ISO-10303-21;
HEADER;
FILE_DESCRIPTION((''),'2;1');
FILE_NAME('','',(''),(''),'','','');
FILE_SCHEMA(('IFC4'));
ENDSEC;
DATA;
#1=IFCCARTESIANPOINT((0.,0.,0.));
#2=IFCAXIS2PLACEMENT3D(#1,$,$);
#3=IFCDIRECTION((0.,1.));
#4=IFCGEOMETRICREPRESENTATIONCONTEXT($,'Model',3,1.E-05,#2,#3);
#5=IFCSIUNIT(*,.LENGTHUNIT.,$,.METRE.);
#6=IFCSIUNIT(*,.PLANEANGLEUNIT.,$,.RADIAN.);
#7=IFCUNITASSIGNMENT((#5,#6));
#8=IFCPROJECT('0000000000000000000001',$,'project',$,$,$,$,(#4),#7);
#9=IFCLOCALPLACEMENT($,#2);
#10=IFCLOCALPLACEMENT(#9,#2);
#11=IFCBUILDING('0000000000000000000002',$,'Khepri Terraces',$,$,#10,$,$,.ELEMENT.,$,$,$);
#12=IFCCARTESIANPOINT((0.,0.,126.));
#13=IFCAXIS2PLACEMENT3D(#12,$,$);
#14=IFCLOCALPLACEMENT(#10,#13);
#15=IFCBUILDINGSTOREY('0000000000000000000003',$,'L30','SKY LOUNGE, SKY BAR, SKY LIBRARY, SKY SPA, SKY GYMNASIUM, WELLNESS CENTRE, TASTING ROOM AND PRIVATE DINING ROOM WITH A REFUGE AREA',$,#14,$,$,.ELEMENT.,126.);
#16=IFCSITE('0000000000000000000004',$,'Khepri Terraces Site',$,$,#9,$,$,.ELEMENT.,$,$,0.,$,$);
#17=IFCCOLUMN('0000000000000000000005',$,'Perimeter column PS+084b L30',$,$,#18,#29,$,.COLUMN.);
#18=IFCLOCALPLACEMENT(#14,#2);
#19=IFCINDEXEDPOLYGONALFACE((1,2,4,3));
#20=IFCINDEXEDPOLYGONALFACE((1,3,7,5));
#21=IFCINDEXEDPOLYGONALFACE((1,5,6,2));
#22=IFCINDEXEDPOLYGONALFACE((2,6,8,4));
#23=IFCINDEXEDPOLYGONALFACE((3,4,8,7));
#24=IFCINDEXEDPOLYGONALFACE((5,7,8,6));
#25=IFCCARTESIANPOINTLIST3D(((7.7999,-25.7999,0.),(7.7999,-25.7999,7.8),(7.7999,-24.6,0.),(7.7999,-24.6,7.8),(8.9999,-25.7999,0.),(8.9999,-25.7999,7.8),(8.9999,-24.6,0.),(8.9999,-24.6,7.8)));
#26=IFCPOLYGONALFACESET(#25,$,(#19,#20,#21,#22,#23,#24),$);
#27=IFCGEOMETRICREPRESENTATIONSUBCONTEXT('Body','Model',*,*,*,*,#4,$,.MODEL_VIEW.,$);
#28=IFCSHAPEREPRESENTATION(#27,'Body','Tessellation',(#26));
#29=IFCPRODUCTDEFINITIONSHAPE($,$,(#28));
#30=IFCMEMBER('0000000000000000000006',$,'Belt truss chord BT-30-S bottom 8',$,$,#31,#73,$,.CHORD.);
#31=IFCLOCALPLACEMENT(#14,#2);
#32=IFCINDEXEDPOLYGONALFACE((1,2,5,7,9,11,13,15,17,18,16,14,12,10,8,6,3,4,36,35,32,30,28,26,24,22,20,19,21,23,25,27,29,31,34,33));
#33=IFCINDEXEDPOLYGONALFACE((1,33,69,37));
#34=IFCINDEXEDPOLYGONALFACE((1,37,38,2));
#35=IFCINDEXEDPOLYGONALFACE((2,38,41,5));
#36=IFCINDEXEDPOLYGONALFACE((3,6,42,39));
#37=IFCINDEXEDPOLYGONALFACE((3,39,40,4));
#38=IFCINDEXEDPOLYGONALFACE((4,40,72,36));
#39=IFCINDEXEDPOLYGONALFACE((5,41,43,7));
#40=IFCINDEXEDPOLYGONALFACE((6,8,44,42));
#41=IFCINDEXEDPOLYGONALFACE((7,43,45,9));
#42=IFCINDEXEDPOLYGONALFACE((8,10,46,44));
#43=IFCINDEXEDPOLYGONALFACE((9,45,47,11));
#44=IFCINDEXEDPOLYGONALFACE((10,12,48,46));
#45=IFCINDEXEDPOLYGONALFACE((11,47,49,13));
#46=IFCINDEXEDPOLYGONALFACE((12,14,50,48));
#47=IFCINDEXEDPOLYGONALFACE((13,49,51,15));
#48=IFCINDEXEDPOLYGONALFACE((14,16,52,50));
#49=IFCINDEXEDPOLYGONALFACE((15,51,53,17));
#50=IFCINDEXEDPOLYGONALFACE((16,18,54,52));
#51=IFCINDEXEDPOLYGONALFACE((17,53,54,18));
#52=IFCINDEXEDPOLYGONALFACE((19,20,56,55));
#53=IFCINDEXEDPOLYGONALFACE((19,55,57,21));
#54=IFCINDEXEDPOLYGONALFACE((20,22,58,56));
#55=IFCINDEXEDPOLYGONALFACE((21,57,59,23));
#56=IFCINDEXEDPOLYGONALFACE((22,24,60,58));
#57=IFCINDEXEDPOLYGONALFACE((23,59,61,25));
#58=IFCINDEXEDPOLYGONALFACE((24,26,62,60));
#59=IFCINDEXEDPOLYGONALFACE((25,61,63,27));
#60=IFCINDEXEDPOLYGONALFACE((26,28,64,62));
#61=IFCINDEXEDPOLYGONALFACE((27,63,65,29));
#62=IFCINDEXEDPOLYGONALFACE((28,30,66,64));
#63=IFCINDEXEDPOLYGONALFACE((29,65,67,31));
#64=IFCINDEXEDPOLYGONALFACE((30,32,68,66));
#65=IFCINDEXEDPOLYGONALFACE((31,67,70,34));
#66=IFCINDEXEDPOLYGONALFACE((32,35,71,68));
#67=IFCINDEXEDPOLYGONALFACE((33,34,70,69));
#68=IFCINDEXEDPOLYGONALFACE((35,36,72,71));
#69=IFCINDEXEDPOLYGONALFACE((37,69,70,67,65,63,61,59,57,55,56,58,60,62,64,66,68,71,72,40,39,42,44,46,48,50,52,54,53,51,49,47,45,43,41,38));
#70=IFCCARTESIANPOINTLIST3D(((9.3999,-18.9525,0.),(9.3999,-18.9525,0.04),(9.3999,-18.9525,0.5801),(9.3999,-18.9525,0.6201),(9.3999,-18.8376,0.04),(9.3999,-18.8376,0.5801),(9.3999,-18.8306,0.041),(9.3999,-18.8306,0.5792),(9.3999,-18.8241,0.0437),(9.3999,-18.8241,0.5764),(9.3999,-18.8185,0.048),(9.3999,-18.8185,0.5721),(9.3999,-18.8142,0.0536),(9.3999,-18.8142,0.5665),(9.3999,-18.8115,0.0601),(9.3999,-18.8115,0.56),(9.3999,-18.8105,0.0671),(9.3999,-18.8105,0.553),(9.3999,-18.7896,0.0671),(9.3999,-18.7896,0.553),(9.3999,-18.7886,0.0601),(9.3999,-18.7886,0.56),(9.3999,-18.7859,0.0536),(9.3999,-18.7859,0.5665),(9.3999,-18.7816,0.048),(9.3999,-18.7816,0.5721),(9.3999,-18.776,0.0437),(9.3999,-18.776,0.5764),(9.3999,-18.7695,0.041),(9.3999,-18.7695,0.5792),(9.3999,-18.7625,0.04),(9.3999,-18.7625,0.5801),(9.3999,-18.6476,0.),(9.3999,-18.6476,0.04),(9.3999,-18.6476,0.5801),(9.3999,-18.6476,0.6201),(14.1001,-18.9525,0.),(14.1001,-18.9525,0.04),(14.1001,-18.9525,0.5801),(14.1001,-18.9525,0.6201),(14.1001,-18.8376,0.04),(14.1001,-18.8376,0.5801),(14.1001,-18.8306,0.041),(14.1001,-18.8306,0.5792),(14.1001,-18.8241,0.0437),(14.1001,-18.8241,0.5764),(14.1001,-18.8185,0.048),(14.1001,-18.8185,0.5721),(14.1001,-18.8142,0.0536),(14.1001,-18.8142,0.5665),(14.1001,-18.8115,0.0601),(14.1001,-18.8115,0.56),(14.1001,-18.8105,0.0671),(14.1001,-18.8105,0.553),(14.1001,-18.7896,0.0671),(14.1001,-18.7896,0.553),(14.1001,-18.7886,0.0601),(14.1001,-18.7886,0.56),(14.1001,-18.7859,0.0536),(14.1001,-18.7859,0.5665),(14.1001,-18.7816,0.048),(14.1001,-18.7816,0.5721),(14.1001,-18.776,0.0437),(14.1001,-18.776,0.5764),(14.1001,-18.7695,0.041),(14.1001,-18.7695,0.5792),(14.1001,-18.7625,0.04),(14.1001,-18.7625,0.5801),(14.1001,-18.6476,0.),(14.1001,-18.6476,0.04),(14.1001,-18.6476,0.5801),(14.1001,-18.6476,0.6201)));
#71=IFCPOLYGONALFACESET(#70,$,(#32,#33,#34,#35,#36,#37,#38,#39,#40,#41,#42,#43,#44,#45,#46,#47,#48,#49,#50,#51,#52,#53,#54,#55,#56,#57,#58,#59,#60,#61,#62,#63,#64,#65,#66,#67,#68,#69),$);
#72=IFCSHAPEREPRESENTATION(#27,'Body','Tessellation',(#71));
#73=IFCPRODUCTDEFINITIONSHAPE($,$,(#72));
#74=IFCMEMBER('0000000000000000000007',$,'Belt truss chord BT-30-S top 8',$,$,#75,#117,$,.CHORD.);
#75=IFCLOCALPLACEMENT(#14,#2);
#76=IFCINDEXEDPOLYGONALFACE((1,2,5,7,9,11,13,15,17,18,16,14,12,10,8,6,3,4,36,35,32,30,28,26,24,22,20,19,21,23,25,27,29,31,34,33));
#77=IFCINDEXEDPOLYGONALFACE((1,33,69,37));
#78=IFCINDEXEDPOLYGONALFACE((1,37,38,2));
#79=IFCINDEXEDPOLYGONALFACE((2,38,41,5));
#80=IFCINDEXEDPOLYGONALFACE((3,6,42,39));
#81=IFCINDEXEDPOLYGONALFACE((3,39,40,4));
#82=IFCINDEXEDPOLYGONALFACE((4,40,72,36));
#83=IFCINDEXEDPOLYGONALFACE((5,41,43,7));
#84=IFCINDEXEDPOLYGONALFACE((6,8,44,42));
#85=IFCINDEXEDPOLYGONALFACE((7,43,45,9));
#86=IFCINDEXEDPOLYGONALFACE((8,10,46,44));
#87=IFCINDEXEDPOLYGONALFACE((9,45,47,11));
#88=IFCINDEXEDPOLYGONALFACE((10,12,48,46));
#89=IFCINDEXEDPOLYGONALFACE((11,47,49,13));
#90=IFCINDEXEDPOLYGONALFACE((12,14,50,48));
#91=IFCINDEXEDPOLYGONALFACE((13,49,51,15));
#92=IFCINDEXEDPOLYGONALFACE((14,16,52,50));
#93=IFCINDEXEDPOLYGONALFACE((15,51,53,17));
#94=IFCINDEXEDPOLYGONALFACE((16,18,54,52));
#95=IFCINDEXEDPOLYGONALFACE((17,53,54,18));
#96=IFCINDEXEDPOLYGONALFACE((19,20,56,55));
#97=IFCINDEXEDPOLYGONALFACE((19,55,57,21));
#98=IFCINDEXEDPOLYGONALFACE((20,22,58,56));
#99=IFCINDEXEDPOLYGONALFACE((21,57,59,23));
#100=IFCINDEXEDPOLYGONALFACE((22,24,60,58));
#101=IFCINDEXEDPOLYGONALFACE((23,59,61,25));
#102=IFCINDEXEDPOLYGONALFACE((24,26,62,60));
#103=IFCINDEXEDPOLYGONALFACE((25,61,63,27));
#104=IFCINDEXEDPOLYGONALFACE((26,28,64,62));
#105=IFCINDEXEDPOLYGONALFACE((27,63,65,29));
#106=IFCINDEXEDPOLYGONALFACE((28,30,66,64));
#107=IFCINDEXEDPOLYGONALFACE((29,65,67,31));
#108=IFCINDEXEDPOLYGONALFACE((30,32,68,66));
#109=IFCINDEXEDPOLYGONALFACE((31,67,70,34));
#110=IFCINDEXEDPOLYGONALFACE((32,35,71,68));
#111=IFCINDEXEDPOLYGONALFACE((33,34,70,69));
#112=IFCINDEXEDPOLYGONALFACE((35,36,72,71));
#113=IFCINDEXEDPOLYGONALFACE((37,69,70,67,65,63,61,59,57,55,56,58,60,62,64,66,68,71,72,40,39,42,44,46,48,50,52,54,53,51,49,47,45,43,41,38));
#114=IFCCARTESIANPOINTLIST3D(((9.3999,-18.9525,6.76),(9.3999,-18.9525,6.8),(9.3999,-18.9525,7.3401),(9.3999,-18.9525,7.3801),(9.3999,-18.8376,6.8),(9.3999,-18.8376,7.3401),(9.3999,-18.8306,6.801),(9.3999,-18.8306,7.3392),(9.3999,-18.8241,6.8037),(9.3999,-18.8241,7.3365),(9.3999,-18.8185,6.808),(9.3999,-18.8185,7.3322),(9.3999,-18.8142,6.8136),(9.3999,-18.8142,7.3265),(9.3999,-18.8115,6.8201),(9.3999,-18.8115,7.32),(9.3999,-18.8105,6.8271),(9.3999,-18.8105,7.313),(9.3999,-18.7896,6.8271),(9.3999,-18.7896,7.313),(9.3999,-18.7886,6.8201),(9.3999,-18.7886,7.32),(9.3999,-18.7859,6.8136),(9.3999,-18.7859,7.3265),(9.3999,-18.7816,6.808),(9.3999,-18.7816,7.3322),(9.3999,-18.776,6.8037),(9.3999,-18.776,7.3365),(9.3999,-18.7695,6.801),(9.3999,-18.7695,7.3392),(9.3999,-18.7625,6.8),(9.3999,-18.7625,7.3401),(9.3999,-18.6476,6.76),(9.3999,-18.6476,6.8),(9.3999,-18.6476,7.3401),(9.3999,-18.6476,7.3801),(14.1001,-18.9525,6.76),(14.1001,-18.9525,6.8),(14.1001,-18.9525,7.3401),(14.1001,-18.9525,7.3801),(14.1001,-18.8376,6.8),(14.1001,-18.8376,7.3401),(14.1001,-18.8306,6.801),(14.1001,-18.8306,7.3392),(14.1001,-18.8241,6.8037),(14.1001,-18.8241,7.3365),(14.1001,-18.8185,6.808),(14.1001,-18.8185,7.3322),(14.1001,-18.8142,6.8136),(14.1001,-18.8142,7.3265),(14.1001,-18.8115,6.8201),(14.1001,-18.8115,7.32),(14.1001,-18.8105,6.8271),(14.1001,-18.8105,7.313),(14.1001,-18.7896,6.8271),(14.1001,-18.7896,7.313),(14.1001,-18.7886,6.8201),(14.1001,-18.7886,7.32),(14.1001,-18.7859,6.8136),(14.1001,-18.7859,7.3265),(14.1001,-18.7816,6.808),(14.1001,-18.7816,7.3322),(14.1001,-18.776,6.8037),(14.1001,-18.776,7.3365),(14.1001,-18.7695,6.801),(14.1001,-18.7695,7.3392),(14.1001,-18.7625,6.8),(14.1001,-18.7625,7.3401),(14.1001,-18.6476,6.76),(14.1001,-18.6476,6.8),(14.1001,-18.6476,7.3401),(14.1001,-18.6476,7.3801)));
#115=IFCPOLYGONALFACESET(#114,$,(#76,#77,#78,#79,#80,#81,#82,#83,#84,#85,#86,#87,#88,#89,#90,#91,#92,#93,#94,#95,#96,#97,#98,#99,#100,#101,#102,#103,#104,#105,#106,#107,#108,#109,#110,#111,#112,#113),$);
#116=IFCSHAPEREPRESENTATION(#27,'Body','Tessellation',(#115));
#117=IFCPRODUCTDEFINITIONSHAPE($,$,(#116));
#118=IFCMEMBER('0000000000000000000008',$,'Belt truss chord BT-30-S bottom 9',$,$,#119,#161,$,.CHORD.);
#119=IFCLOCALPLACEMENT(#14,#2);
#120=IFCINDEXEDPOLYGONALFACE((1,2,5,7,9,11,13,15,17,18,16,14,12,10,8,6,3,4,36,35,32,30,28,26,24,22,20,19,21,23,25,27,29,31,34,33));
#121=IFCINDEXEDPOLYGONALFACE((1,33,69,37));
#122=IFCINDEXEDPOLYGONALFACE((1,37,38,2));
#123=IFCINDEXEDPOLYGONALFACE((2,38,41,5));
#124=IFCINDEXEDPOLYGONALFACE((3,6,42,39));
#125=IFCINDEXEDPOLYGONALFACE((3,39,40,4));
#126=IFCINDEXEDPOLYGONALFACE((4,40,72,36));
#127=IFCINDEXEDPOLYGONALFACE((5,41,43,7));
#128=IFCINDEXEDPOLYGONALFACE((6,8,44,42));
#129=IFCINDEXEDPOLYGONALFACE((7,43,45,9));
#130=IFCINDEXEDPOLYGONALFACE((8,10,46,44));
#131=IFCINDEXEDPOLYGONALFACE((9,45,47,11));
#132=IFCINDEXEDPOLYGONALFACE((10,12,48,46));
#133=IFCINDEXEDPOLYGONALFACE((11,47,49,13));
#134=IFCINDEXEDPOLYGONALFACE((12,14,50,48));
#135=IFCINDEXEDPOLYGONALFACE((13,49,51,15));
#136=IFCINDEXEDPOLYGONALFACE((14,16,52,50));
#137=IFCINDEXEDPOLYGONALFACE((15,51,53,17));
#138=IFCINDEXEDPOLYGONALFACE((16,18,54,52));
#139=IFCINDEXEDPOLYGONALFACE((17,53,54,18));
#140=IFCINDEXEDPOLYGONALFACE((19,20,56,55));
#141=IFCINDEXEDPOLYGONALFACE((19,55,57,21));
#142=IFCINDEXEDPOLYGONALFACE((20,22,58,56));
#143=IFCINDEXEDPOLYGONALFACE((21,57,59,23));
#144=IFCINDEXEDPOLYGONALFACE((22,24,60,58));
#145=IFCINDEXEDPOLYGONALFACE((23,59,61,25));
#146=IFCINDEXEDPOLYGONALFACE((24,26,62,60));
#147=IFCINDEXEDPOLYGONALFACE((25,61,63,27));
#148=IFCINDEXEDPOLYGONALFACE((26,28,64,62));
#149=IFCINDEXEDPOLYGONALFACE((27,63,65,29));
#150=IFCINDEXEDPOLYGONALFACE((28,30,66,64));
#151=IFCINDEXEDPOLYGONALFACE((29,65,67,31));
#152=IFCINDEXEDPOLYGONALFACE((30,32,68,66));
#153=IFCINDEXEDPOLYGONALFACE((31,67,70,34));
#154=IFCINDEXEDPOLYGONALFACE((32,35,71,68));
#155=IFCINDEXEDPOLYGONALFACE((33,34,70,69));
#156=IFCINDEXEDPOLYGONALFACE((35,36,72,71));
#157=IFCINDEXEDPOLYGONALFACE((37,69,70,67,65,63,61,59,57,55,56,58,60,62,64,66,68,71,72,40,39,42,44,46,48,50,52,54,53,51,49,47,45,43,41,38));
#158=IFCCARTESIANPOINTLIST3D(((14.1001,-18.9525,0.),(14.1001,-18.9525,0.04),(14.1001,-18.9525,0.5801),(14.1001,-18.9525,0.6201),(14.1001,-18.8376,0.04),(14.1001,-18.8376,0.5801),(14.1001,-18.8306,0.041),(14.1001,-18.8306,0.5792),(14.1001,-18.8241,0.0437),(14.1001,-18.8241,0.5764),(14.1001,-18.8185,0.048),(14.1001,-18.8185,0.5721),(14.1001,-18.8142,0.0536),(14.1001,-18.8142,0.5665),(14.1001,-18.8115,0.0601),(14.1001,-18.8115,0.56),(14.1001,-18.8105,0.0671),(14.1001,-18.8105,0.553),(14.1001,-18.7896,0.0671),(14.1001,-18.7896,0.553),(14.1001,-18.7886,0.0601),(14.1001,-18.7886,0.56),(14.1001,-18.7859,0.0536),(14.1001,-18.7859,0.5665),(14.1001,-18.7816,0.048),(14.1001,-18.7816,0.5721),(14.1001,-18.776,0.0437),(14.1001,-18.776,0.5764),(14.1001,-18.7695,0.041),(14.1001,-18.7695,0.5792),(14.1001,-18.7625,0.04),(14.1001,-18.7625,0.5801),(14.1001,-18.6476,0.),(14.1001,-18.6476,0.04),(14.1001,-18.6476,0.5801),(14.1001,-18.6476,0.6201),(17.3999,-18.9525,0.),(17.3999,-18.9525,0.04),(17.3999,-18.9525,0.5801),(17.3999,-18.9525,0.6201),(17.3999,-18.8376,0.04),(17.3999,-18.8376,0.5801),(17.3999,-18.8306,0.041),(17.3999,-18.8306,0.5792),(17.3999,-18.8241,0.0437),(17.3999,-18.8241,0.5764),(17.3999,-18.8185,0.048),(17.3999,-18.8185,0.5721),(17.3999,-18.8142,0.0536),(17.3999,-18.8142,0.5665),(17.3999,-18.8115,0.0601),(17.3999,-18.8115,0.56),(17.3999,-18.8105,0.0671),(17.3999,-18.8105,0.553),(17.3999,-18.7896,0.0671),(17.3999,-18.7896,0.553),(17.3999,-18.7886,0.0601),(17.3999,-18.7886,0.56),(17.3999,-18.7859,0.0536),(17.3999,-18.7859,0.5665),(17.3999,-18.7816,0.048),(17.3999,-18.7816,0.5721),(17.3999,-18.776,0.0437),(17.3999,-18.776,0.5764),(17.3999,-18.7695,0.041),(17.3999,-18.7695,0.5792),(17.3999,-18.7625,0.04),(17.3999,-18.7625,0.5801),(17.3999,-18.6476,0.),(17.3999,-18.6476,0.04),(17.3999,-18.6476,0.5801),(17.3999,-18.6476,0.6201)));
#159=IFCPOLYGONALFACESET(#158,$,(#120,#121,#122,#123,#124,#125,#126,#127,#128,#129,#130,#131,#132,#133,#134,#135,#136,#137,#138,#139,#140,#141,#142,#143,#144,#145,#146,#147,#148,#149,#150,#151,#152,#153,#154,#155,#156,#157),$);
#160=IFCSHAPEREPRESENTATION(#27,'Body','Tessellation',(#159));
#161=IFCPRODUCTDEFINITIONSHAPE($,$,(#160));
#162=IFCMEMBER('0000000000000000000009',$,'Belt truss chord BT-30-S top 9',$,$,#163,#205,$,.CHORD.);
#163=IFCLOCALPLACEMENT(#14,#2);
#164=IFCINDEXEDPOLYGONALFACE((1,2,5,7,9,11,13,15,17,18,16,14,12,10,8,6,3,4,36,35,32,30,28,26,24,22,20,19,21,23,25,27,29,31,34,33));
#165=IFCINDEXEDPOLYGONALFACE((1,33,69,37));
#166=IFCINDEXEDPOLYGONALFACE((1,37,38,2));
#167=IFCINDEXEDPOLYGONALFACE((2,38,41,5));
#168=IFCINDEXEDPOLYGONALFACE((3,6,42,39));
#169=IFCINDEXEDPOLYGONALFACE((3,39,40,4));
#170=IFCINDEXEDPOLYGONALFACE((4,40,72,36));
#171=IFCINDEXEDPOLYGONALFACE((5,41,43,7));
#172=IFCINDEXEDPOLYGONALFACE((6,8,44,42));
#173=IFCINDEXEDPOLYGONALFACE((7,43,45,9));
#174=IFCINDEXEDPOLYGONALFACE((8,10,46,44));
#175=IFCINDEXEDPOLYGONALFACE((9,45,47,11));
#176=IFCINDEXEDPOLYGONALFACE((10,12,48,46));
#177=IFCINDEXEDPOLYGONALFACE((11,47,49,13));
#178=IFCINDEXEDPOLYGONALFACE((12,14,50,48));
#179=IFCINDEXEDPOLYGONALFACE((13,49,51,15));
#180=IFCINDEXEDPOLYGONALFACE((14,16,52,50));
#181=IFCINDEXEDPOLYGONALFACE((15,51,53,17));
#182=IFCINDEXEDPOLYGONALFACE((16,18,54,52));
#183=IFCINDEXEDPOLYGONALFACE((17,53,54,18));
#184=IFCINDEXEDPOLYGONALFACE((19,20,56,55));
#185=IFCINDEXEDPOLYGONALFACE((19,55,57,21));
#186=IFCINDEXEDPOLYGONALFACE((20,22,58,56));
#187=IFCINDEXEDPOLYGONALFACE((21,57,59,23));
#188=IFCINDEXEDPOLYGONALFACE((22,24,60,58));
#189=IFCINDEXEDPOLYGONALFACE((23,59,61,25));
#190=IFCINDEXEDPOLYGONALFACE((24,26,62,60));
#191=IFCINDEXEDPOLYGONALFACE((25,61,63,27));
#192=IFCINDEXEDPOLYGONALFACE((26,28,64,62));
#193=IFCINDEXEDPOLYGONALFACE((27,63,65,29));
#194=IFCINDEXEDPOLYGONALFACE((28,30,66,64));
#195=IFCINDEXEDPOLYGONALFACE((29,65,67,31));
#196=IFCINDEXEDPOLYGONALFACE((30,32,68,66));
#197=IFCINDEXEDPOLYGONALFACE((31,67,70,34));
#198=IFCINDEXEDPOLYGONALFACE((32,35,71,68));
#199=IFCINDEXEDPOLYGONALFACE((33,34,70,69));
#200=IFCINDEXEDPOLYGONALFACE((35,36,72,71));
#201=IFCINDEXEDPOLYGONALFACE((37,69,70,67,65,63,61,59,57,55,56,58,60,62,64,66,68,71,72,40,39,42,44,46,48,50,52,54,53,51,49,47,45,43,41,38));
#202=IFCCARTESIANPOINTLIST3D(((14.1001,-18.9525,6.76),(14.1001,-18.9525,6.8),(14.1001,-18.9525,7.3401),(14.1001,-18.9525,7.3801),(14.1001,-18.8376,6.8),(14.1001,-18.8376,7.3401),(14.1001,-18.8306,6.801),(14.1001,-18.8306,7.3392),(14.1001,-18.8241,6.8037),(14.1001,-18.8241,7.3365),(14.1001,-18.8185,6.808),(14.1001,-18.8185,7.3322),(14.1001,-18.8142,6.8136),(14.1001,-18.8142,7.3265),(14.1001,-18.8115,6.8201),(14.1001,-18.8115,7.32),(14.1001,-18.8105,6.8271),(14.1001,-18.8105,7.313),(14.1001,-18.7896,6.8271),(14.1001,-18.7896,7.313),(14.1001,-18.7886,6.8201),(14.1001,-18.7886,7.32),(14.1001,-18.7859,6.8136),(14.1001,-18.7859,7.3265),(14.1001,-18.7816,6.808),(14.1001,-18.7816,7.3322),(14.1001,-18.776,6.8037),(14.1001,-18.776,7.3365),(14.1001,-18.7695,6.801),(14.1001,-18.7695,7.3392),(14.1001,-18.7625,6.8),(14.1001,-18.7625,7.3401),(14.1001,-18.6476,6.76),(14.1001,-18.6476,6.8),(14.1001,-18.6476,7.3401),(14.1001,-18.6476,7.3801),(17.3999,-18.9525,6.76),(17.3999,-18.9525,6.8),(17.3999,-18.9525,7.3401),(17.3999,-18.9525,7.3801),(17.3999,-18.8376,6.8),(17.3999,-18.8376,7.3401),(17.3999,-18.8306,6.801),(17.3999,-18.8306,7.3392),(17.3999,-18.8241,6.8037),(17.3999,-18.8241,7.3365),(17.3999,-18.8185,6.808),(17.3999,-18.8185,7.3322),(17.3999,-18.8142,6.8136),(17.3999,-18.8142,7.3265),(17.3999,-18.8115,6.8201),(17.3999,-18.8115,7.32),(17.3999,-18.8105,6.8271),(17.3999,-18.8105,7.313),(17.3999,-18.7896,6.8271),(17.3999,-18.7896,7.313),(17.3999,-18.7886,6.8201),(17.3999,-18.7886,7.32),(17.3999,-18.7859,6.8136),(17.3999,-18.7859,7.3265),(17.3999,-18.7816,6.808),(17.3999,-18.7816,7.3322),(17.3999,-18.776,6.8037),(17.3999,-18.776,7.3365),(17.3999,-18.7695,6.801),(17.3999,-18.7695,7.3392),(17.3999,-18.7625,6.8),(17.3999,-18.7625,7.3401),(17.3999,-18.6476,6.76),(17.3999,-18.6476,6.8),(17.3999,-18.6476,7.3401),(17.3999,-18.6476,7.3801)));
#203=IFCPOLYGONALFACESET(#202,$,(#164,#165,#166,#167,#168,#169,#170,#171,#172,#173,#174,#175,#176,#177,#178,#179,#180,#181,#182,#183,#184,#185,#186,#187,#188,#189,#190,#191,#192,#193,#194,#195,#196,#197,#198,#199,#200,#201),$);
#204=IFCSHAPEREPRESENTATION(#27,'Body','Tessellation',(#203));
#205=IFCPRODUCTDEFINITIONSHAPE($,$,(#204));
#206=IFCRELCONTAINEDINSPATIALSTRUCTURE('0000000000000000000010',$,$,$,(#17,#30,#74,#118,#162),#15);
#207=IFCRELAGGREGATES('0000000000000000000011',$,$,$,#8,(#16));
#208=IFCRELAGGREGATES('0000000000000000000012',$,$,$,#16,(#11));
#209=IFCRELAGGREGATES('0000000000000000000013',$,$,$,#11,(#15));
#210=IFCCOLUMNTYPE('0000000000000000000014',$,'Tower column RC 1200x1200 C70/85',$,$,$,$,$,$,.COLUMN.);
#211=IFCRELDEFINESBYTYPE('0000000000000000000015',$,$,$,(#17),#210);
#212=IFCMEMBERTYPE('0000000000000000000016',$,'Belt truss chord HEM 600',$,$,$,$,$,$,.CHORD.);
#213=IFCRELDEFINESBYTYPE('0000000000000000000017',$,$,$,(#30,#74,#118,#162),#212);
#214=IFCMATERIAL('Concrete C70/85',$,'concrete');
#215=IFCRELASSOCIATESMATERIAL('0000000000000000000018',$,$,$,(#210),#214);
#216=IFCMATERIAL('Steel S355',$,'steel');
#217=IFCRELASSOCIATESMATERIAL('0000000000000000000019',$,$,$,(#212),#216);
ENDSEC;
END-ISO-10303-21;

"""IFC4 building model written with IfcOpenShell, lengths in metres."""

from ifc_helpers import new_model, si_unit, direction, frame, origin, origin_2d, place, context, subcontext, project, spatial, rectangle, i_section, extrude, material, material_profile, profile_set, type_object, element, save


model = new_model("IFC4")

# Units and contexts
model_context = context("Model", 3, precision=1e-05, world=origin(), true_north=direction((0.0, 1.0)))
body_context = subcontext(model_context, "Body", "Model", "MODEL_VIEW")
ifc_project = project(units=[si_unit("LENGTHUNIT", "METRE"), si_unit("PLANEANGLEUNIT", "RADIAN")], contexts=[model_context])

# Site, building, storey
site_placement = place(None, origin())
site = spatial("IfcSite", under=ifc_project, at=site_placement, Name="Khepri Terraces Site", CompositionType="ELEMENT", RefElevation=0.0)
building_placement = place(site_placement, origin())
building = spatial("IfcBuilding", under=site, at=building_placement, Name="Khepri Terraces", CompositionType="ELEMENT")
storey_placement = place(building_placement, frame((0.0, 0.0, 126.0)))
storey = spatial("IfcBuildingStorey", under=building, at=storey_placement, Name="L30", Description="SKY LOUNGE, SKY BAR, SKY LIBRARY, SKY SPA, SKY GYMNASIUM, WELLNESS CENTRE, TASTING ROOM AND PRIVATE DINING ROOM WITH A REFUGE AREA", CompositionType="ELEMENT", Elevation=126.0)

# Column
ifc_material_1 = material(Name="Concrete C70/85", Category="concrete")
ifc_material_profile_1 = material_profile(ifc_material_1, rectangle(XDim=1.2, YDim=1.2, at=origin_2d()), Name="Concrete C70/85", Category="concrete")
ifc_profile_set_1 = profile_set([ifc_material_profile_1], Name="Concrete C70/85")
column_type = type_object("IfcColumnType", Name="Tower column RC 1200x1200 C70/85", PredefinedType="COLUMN", material=ifc_profile_set_1)
column_placement = place(storey_placement, frame((8.3999, -25.2, 0.0), z_axis=(0.0, 0.0, 1.0), x_axis=(1.0, 0.0, 0.0)))
element("IfcColumn", 1, at=column_placement, inside=storey, type_object=column_type, Name="Perimeter column PS+084b L30", PredefinedType="COLUMN", context=body_context, shape_type="SweptSolid", body=[
    extrude(rectangle(XDim=1.2, YDim=1.2, at=origin_2d()), origin(), (0.0, 0.0, 1.0), 7.8),
])

# Members
ifc_material_2 = material(Name="Steel S355", Category="steel")
ifc_material_profile_2 = material_profile(ifc_material_2, i_section(OverallWidth=0.3049, OverallDepth=0.6201, WebThickness=0.021, FlangeThickness=0.04, FilletRadius=0.0271, at=origin_2d()), Name="Steel S355", Category="steel")
ifc_profile_set_2 = profile_set([ifc_material_profile_2], Name="Steel S355")
member_type_1 = type_object("IfcMemberType", Name="Belt truss chord HEM 600", PredefinedType="CHORD", material=ifc_profile_set_2)
for number, where, z_axis, x_axis, name in (
    (2, (9.3999, -18.8, 0.3101), (1.0, 0.0, 0.0), (0.0, 1.0, 0.0), "Belt truss chord BT-30-S bottom 8"),
    (3, (9.3999, -18.8, 7.0701), (1.0, 0.0, 0.0), (0.0, 1.0, 0.0), "Belt truss chord BT-30-S top 8"),
):
    element("IfcMember", number, at=place(storey_placement, frame(where, z_axis=z_axis, x_axis=x_axis)), inside=storey, type_object=member_type_1, Name=name, PredefinedType="CHORD", context=body_context, shape_type="SweptSolid", body=[
        extrude(i_section(OverallWidth=0.3049, OverallDepth=0.6201, WebThickness=0.021, FlangeThickness=0.04, FilletRadius=0.0271, at=origin_2d()), origin(), (0.0, 0.0, 1.0), 4.7002),
    ])
for number, where, z_axis, x_axis, name in (
    (4, (14.1001, -18.8, 0.3101), (1.0, 0.0, 0.0), (0.0, 1.0, 0.0), "Belt truss chord BT-30-S bottom 9"),
    (5, (14.1001, -18.8, 7.0701), (1.0, 0.0, 0.0), (0.0, 1.0, 0.0), "Belt truss chord BT-30-S top 9"),
):
    element("IfcMember", number, at=place(storey_placement, frame(where, z_axis=z_axis, x_axis=x_axis)), inside=storey, type_object=member_type_1, Name=name, PredefinedType="CHORD", context=body_context, shape_type="SweptSolid", body=[
        extrude(i_section(OverallWidth=0.3049, OverallDepth=0.6201, WebThickness=0.021, FlangeThickness=0.04, FilletRadius=0.0271, at=origin_2d()), origin(), (0.0, 0.0, 1.0), 3.2998),
    ])

save(model, "model.ifc")
